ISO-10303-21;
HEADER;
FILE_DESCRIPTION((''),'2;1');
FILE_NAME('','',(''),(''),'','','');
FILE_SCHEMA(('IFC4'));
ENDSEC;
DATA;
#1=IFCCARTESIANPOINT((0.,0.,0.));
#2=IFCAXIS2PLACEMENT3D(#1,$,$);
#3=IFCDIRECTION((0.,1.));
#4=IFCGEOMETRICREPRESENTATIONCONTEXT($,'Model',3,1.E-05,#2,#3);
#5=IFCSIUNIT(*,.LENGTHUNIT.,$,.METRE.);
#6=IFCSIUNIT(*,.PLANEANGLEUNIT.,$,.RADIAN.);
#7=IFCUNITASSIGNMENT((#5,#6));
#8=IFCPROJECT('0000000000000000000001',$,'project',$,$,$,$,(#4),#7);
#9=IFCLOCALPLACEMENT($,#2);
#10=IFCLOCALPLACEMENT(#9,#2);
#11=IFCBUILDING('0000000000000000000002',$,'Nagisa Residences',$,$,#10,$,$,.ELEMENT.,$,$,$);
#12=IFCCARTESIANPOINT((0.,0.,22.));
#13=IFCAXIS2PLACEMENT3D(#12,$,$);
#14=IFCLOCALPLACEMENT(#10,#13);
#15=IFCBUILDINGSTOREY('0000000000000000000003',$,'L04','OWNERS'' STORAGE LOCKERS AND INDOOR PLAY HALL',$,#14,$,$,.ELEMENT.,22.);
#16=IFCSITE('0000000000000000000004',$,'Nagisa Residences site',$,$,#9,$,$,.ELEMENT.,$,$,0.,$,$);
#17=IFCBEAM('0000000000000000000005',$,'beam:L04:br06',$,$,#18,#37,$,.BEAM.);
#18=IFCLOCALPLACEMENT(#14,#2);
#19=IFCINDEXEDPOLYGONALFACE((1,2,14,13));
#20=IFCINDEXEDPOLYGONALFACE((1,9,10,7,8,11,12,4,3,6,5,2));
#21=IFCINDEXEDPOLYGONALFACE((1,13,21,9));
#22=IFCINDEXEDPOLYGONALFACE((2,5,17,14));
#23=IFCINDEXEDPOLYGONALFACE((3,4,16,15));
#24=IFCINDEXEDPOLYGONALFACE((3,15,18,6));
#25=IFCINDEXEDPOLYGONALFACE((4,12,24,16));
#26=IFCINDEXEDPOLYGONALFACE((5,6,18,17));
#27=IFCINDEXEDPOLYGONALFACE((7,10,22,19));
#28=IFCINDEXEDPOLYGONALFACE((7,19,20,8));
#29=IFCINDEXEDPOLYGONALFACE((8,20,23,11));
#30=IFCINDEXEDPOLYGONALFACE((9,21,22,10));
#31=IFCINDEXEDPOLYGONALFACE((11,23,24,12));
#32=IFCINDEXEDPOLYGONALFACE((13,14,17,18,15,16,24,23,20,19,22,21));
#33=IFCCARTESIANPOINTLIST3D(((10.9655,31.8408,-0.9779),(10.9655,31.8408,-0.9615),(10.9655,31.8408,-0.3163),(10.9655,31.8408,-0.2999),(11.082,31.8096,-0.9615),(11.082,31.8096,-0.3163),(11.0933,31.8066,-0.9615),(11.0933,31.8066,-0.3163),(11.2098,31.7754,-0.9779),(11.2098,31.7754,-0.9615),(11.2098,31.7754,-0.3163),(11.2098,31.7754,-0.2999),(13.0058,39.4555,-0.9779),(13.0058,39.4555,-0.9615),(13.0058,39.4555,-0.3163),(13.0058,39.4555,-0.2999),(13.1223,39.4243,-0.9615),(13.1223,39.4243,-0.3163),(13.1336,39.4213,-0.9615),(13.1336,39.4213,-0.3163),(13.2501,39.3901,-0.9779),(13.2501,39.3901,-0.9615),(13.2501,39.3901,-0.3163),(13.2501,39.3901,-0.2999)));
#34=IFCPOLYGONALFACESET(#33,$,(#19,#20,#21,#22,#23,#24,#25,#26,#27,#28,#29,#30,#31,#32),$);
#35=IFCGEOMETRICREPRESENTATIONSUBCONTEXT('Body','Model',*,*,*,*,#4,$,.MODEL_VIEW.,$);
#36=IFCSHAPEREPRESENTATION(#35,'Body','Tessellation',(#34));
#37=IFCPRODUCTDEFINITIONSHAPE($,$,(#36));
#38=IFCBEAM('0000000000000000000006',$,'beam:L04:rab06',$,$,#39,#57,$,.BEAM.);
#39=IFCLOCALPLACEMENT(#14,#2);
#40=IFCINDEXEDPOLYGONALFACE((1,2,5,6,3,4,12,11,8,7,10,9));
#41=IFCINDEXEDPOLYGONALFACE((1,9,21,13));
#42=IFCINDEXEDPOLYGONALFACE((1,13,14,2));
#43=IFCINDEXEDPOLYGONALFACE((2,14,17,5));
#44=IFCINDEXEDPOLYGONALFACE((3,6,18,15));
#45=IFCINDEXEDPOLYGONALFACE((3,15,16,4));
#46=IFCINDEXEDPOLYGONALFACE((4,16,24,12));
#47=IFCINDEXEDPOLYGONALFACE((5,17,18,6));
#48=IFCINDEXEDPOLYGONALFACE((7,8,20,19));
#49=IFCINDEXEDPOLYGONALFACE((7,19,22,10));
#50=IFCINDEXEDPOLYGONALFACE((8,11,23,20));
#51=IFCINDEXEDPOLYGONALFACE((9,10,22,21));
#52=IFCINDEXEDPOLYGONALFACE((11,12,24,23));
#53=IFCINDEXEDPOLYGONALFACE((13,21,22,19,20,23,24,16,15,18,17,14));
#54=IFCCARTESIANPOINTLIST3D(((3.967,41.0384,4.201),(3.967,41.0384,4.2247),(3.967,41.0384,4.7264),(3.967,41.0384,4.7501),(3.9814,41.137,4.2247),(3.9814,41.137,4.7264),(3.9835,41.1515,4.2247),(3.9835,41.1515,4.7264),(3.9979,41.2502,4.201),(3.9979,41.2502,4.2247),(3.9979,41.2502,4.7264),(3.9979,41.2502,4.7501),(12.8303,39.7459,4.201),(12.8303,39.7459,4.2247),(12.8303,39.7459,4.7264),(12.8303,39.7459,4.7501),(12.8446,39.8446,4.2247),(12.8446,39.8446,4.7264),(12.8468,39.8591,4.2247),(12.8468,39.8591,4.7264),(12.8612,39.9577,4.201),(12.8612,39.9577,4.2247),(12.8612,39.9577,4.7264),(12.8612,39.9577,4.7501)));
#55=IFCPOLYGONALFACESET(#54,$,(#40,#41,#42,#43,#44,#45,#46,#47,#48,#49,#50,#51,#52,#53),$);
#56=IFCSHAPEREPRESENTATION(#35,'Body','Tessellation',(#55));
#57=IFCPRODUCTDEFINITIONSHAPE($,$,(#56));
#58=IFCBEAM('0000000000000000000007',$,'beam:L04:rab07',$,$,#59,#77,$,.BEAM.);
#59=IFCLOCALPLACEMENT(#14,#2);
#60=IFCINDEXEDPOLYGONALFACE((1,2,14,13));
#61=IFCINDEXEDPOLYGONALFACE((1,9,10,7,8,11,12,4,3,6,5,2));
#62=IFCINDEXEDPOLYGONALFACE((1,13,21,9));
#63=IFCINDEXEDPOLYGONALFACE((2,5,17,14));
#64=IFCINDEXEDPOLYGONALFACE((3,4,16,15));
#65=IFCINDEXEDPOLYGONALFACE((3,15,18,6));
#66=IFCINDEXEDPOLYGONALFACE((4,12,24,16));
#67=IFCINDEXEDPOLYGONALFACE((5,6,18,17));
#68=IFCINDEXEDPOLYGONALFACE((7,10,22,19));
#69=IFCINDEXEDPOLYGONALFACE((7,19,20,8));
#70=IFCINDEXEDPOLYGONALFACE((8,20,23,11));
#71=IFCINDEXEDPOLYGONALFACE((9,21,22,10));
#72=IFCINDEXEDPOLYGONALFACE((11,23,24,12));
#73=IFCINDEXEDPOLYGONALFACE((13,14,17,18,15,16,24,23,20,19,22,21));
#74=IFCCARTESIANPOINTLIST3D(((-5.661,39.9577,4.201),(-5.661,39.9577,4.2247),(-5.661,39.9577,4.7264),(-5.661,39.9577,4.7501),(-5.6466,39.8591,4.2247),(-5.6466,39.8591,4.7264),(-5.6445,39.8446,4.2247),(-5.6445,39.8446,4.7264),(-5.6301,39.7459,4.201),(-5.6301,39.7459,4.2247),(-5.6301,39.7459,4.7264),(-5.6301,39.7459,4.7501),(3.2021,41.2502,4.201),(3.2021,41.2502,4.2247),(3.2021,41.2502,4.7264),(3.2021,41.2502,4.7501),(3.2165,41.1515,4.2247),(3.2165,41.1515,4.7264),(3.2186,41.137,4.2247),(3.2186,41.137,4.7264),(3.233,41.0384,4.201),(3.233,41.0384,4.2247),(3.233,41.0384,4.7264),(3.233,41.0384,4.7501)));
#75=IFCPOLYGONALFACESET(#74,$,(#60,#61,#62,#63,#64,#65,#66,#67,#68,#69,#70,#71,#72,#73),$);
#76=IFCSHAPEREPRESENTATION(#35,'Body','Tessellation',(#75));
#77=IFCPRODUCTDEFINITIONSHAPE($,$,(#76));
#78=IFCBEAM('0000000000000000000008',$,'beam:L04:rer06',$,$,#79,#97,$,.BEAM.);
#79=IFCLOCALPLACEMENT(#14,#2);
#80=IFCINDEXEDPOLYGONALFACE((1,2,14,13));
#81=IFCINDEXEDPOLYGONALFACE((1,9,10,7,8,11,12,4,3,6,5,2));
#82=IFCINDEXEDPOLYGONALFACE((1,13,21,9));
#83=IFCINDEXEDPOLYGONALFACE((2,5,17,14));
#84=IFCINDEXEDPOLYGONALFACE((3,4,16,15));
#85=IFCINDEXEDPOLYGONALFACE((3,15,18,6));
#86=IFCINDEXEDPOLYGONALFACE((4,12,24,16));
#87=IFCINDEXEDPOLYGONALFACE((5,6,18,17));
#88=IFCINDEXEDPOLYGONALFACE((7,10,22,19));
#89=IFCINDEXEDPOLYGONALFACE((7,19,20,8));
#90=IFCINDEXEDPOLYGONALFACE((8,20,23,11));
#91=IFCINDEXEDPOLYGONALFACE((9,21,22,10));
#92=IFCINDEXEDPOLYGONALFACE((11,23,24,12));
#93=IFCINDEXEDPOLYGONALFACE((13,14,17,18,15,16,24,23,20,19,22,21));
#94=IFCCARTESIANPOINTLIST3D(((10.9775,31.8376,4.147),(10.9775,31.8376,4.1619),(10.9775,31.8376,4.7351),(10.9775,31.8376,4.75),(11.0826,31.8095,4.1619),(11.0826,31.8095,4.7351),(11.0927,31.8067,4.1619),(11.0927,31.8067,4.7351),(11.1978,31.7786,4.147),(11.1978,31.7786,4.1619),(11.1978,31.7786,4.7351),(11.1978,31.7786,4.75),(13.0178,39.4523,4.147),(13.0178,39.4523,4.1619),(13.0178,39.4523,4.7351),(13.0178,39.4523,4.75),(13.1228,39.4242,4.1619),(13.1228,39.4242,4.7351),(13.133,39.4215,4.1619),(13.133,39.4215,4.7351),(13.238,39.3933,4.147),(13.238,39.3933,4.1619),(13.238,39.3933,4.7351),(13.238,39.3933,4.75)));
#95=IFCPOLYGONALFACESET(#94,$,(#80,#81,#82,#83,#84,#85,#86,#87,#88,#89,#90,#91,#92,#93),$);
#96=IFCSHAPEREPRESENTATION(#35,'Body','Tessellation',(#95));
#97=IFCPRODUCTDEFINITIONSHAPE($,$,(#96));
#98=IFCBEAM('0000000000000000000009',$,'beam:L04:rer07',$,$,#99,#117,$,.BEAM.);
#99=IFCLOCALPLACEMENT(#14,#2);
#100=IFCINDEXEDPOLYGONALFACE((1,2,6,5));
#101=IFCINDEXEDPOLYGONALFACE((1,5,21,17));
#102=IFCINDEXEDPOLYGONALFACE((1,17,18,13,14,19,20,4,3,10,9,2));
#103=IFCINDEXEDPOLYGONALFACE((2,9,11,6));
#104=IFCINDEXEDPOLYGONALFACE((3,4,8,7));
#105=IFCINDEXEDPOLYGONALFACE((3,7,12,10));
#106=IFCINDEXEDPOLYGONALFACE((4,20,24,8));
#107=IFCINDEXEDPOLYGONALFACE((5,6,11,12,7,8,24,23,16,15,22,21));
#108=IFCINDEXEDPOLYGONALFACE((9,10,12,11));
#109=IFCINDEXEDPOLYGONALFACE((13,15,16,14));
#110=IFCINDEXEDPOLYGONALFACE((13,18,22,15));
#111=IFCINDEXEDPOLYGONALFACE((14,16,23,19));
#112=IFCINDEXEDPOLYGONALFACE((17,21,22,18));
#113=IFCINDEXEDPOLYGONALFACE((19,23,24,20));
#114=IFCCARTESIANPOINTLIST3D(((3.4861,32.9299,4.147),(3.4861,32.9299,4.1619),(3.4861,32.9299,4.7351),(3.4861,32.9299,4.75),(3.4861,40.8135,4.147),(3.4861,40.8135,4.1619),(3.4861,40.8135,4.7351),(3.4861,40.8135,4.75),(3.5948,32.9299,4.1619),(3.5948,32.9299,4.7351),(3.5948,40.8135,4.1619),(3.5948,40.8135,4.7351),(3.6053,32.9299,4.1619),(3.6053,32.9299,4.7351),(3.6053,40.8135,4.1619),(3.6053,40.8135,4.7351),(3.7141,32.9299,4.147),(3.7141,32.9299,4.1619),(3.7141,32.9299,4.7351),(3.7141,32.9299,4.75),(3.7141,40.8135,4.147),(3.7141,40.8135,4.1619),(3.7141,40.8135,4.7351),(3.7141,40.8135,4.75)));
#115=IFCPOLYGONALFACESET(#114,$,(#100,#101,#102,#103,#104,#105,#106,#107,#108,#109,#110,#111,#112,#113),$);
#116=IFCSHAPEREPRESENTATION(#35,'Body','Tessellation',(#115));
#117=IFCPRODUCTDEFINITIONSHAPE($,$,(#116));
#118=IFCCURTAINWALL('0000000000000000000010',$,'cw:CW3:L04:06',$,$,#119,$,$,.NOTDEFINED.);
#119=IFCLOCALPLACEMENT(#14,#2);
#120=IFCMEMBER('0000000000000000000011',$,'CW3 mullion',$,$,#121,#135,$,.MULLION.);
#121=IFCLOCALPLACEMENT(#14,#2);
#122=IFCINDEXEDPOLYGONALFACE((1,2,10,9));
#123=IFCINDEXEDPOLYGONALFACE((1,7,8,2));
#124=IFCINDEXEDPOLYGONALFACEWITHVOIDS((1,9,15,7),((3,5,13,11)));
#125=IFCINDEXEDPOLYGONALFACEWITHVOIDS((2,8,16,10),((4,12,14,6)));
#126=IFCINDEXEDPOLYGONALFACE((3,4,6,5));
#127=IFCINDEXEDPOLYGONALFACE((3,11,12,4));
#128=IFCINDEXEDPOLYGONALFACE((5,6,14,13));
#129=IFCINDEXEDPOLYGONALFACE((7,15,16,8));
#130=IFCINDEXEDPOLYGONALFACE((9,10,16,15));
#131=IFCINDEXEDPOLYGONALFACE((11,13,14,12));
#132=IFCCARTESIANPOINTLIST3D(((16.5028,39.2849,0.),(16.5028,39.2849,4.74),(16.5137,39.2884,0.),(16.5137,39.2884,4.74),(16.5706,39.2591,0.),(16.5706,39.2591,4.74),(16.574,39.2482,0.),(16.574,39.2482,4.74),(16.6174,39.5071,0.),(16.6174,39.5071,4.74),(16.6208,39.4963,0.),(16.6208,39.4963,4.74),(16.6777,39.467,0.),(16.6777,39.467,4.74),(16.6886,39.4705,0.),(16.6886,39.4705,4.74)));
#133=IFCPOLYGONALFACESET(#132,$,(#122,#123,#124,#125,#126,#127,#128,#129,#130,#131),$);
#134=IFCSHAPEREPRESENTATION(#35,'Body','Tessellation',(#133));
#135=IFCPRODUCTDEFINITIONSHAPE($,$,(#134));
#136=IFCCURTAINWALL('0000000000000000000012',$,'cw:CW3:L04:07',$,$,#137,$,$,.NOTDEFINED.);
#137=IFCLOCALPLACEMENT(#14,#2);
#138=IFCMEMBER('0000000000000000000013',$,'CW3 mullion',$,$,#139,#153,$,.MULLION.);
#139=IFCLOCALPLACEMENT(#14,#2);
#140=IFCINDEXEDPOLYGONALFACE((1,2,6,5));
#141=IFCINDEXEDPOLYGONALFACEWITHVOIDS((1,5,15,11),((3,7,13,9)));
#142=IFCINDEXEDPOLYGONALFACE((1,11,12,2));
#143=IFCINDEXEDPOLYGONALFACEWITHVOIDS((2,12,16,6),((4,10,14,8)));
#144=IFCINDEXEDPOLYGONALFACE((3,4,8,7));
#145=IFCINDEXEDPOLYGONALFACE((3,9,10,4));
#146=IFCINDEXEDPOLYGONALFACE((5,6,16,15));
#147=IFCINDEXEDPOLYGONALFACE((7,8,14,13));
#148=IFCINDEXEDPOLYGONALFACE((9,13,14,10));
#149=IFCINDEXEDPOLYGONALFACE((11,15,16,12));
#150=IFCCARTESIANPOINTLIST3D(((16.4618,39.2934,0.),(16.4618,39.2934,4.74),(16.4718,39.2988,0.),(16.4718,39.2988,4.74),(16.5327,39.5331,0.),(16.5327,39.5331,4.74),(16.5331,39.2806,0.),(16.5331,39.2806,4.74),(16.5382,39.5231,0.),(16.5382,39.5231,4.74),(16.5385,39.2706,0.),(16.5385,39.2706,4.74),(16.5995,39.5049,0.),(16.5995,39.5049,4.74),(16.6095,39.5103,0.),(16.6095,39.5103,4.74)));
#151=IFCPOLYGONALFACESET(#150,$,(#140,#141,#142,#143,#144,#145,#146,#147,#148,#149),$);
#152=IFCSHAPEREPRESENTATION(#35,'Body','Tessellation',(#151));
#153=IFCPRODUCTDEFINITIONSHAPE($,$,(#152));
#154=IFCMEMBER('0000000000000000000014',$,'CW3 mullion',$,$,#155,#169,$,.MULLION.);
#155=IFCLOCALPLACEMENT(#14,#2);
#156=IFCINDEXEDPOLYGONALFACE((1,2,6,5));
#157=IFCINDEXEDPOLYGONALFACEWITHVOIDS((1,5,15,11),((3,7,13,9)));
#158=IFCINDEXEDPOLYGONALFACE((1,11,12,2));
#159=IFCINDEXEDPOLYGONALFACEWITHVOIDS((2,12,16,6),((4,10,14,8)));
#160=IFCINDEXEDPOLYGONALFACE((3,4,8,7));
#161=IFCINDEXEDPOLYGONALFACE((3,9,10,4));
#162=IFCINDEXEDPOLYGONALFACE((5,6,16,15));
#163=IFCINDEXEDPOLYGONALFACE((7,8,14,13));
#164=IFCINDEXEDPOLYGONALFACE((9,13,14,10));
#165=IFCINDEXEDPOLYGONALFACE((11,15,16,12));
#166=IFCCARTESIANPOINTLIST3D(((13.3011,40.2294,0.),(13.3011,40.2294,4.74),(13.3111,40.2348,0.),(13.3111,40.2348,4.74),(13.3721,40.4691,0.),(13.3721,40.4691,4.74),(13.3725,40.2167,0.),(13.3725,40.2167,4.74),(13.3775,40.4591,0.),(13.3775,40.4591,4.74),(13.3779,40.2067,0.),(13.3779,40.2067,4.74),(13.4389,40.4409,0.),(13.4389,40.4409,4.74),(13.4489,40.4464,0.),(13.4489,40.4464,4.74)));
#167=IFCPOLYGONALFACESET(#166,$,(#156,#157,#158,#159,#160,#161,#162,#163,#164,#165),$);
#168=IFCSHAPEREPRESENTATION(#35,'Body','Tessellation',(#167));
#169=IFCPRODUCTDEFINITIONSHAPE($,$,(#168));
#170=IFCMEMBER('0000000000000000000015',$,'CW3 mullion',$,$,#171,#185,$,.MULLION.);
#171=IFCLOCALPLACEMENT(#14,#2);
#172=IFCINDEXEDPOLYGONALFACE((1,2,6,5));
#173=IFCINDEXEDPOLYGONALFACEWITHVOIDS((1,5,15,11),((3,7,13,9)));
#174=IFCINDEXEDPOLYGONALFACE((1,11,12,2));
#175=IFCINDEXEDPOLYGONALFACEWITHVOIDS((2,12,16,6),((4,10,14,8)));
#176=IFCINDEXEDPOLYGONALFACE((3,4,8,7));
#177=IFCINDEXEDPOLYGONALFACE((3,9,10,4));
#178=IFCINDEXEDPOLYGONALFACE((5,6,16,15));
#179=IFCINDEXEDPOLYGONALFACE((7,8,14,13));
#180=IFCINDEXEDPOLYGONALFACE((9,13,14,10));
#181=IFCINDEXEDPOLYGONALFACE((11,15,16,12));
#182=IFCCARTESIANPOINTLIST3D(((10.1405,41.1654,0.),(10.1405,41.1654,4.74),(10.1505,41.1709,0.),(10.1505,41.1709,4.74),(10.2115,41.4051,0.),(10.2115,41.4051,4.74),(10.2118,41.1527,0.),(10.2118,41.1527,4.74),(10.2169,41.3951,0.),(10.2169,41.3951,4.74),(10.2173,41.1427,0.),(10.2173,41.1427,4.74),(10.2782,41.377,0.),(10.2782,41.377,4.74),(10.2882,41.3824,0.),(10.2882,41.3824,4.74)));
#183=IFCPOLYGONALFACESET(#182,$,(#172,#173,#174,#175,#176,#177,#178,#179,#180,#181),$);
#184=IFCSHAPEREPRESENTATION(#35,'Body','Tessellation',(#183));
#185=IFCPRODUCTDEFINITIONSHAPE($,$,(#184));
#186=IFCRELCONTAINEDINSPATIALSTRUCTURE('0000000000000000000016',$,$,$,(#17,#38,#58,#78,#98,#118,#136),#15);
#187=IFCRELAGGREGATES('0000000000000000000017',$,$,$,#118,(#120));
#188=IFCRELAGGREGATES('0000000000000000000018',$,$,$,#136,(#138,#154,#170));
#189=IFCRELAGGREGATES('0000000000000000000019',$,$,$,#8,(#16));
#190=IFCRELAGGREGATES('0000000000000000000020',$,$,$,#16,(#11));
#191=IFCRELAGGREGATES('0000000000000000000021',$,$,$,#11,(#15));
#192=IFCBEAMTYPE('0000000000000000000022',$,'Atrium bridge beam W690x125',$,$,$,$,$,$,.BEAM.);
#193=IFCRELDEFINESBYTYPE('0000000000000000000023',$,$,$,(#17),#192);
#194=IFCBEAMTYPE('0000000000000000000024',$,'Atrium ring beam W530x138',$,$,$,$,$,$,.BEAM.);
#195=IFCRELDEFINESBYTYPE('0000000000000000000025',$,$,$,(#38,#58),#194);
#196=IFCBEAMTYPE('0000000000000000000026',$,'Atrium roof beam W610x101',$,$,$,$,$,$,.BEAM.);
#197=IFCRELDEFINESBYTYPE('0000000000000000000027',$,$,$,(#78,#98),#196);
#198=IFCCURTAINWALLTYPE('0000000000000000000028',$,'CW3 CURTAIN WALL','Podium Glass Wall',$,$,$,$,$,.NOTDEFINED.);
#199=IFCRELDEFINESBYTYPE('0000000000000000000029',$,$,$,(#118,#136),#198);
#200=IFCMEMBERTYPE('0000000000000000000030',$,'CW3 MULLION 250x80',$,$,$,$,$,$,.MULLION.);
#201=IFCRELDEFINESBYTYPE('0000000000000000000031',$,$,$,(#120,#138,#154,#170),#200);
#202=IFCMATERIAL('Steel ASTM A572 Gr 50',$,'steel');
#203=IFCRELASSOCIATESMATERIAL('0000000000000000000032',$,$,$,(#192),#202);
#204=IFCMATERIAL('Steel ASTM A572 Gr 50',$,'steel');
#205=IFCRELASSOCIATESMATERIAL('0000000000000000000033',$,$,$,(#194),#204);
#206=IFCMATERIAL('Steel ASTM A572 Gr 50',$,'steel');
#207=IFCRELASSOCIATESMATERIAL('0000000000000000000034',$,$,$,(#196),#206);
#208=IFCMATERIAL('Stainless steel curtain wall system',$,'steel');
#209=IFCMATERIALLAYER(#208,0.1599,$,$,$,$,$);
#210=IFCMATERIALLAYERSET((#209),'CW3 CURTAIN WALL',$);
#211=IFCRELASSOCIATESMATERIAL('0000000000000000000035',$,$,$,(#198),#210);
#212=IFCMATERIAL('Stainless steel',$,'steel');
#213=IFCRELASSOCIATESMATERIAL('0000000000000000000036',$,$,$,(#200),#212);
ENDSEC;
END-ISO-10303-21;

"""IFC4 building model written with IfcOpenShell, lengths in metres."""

from ifc_helpers import new_model, si_unit, direction, frame, origin, origin_2d, place, context, subcontext, project, spatial, hollow_rectangle, i_section, extrude, material, layer, layer_set, material_profile, profile_set, type_object, element, aggregate, save


model = new_model("IFC4")

# Units and contexts
model_context = context("Model", 3, precision=1e-05, world=origin(), true_north=direction((0.0, 1.0)))
body_context = subcontext(model_context, "Body", "Model", "MODEL_VIEW")
ifc_project = project(units=[si_unit("LENGTHUNIT", "METRE"), si_unit("PLANEANGLEUNIT", "RADIAN")], contexts=[model_context])

# Site, building, storey
site_placement = place(None, origin())
site = spatial("IfcSite", under=ifc_project, at=site_placement, Name="Nagisa Residences site", CompositionType="ELEMENT", RefElevation=0.0)
building_placement = place(site_placement, origin())
building = spatial("IfcBuilding", under=site, at=building_placement, Name="Nagisa Residences", CompositionType="ELEMENT")
storey_placement = place(building_placement, frame((0.0, 0.0, 22.0)))
storey = spatial("IfcBuildingStorey", under=building, at=storey_placement, Name="L04", Description="OWNERS' STORAGE LOCKERS AND INDOOR PLAY HALL", CompositionType="ELEMENT", Elevation=22.0)

# Beams
ifc_material_1 = material(Name="Steel ASTM A572 Gr 50", Category="steel")
ifc_material_profile_1 = material_profile(ifc_material_1, i_section(OverallWidth=0.2529, OverallDepth=0.678, WebThickness=0.0117, FlangeThickness=0.0164, at=origin_2d()), Name="W690x125")
ifc_profile_set_1 = profile_set([ifc_material_profile_1], Name="Steel ASTM A572 Gr 50")
beam_type_1 = type_object("IfcBeamType", Name="Atrium bridge beam W690x125", PredefinedType="BEAM", material=ifc_profile_set_1)
beam_1_placement = place(storey_placement, frame((11.0876, 31.8081, -0.6389), z_axis=(0.258809, 0.965928, 0.0), x_axis=(-0.965928, 0.258809, 0.0)))
element("IfcBeam", 1, at=beam_1_placement, inside=storey, type_object=beam_type_1, Name="beam:L04:br06", PredefinedType="BEAM", context=body_context, shape_type="SweptSolid", body=[
    extrude(i_section(OverallWidth=0.2529, OverallDepth=0.678, WebThickness=0.0117, FlangeThickness=0.0164, at=origin_2d()), origin(), (0.0, 0.0, 1.0), 7.8833),
])
ifc_material_2 = material(Name="Steel ASTM A572 Gr 50", Category="steel")
ifc_material_profile_2 = material_profile(ifc_material_2, i_section(OverallWidth=0.2141, OverallDepth=0.5491, WebThickness=0.0146, FlangeThickness=0.0237, at=origin_2d()), Name="W530x138")
ifc_profile_set_2 = profile_set([ifc_material_profile_2], Name="Steel ASTM A572 Gr 50")
beam_type_2 = type_object("IfcBeamType", Name="Atrium ring beam W530x138", PredefinedType="BEAM", material=ifc_profile_set_2)
beam_2_placement = place(storey_placement, frame((12.8457, 39.8518, 4.4756), z_axis=(-0.989534, 0.144298, 0.0), x_axis=(-0.144298, -0.989534, 0.0)))
element("IfcBeam", 2, at=beam_2_placement, inside=storey, type_object=beam_type_2, Name="beam:L04:rab06", PredefinedType="BEAM", context=body_context, shape_type="SweptSolid", body=[
    extrude(i_section(OverallWidth=0.2141, OverallDepth=0.5491, WebThickness=0.0146, FlangeThickness=0.0237, at=origin_2d()), origin(), (0.0, 0.0, 1.0), 8.957),
])
beam_3_placement = place(storey_placement, frame((3.2175, 41.1443, 4.4756), z_axis=(-0.989534, -0.144302, 0.0), x_axis=(0.144302, -0.989534, 0.0)))
element("IfcBeam", 3, at=beam_3_placement, inside=storey, type_object=beam_type_2, Name="beam:L04:rab07", PredefinedType="BEAM", context=body_context, shape_type="SweptSolid", body=[
    extrude(i_section(OverallWidth=0.2141, OverallDepth=0.5491, WebThickness=0.0146, FlangeThickness=0.0237, at=origin_2d()), origin(), (0.0, 0.0, 1.0), 8.9568),
])
ifc_material_3 = material(Name="Steel ASTM A572 Gr 50", Category="steel")
ifc_material_profile_3 = material_profile(ifc_material_3, i_section(OverallWidth=0.228, OverallDepth=0.603, WebThickness=0.0105, FlangeThickness=0.0149, at=origin_2d()), Name="W610x101")
ifc_profile_set_3 = profile_set([ifc_material_profile_3], Name="Steel ASTM A572 Gr 50")
beam_type_3 = type_object("IfcBeamType", Name="Atrium roof beam W610x101", PredefinedType="BEAM", material=ifc_profile_set_3)
beam_4_placement = place(storey_placement, frame((11.0876, 31.8081, 4.4485), z_axis=(0.258809, 0.965928, 0.0), x_axis=(-0.965928, 0.258809, 0.0)))
element("IfcBeam", 4, at=beam_4_placement, inside=storey, type_object=beam_type_3, Name="beam:L04:rer06", PredefinedType="BEAM", context=body_context, shape_type="SweptSolid", body=[
    extrude(i_section(OverallWidth=0.228, OverallDepth=0.603, WebThickness=0.0105, FlangeThickness=0.0149, at=origin_2d()), origin(), (0.0, 0.0, 1.0), 7.8833),
])
beam_5_placement = place(storey_placement, frame((3.6001, 32.9299, 4.4485), z_axis=(0.0, 1.0, 0.0), x_axis=(-1.0, 0.0, 0.0)))
element("IfcBeam", 5, at=beam_5_placement, inside=storey, type_object=beam_type_3, Name="beam:L04:rer07", PredefinedType="BEAM", context=body_context, shape_type="SweptSolid", body=[
    extrude(i_section(OverallWidth=0.228, OverallDepth=0.603, WebThickness=0.0105, FlangeThickness=0.0149, at=origin_2d()), origin(), (0.0, 0.0, 1.0), 7.8835),
])

# Curtain wall, member
ifc_material_4 = material(Name="Stainless steel curtain wall system", Category="steel")
ifc_layer_1 = layer(ifc_material_4, 0.1599)
ifc_layer_set_1 = layer_set([ifc_layer_1], Name="CW3 CURTAIN WALL")
curtain_wall_type_1 = type_object("IfcCurtainWallType", Name="CW3 CURTAIN WALL", Description="Podium Glass Wall", PredefinedType="NOTDEFINED", material=ifc_layer_set_1)
curtain_wall_1_placement = place(storey_placement, origin())
curtain_wall_1 = element("IfcCurtainWall", 6, at=curtain_wall_1_placement, inside=storey, type_object=curtain_wall_type_1, Name="cw:CW3:L04:06", PredefinedType="NOTDEFINED")
ifc_material_5 = material(Name="Stainless steel", Category="steel")
ifc_material_profile_4 = material_profile(ifc_material_5, hollow_rectangle(XDim=0.25, YDim=0.0801, WallThickness=0.0081, at=origin_2d()), Name="CW3 MULLION 250x80")
ifc_profile_set_4 = profile_set([ifc_material_profile_4], Name="Stainless steel")
member_type_1 = type_object("IfcMemberType", Name="CW3 MULLION 250x80", PredefinedType="MULLION", material=ifc_profile_set_4)
member_1_placement = place(storey_placement, frame((16.5957, 39.3777, 0.0), z_axis=(0.0, 0.0, 1.0), x_axis=(-0.458126, -0.888887, 0.0)))
member_1 = element("IfcMember", 7, at=member_1_placement, type_object=member_type_1, Name="CW3 mullion", PredefinedType="MULLION", context=body_context, shape_type="SweptSolid", body=[
    extrude(hollow_rectangle(XDim=0.25, YDim=0.0801, WallThickness=0.0081, at=origin_2d()), origin(), (0.0, 0.0, 1.0), 4.74),
])
aggregate(curtain_wall_1, [member_1])

# Curtain wall, members
curtain_wall_2_placement = place(storey_placement, origin())
curtain_wall_2 = element("IfcCurtainWall", 8, at=curtain_wall_2_placement, inside=storey, type_object=curtain_wall_type_1, Name="cw:CW3:L04:07", PredefinedType="NOTDEFINED")
member_2_placement = place(storey_placement, frame((16.5356, 39.4019, 0.0), z_axis=(0.0, 0.0, 1.0), x_axis=(-0.283963, -0.958835, 0.0)))
member_2 = element("IfcMember", 9, at=member_2_placement, type_object=member_type_1, Name="CW3 mullion", PredefinedType="MULLION", context=body_context, shape_type="SweptSolid", body=[
    extrude(hollow_rectangle(XDim=0.25, YDim=0.0801, WallThickness=0.0081, at=origin_2d()), origin(), (0.0, 0.0, 1.0), 4.74),
])
member_3_placement = place(storey_placement, frame((13.375, 40.3379, 0.0), z_axis=(0.0, 0.0, 1.0), x_axis=(-0.283963, -0.958835, 0.0)))
member_3 = element("IfcMember", 10, at=member_3_placement, type_object=member_type_1, Name="CW3 mullion", PredefinedType="MULLION", context=body_context, shape_type="SweptSolid", body=[
    extrude(hollow_rectangle(XDim=0.25, YDim=0.0801, WallThickness=0.0081, at=origin_2d()), origin(), (0.0, 0.0, 1.0), 4.74),
])
member_4_placement = place(storey_placement, frame((10.2144, 41.2739, 0.0), z_axis=(0.0, 0.0, 1.0), x_axis=(-0.283963, -0.958835, 0.0)))
member_4 = element("IfcMember", 11, at=member_4_placement, type_object=member_type_1, Name="CW3 mullion", PredefinedType="MULLION", context=body_context, shape_type="SweptSolid", body=[
    extrude(hollow_rectangle(XDim=0.25, YDim=0.0801, WallThickness=0.0081, at=origin_2d()), origin(), (0.0, 0.0, 1.0), 4.74),
])

aggregate(curtain_wall_2, [member_2, member_3, member_4])

save(model, "model.ifc")
